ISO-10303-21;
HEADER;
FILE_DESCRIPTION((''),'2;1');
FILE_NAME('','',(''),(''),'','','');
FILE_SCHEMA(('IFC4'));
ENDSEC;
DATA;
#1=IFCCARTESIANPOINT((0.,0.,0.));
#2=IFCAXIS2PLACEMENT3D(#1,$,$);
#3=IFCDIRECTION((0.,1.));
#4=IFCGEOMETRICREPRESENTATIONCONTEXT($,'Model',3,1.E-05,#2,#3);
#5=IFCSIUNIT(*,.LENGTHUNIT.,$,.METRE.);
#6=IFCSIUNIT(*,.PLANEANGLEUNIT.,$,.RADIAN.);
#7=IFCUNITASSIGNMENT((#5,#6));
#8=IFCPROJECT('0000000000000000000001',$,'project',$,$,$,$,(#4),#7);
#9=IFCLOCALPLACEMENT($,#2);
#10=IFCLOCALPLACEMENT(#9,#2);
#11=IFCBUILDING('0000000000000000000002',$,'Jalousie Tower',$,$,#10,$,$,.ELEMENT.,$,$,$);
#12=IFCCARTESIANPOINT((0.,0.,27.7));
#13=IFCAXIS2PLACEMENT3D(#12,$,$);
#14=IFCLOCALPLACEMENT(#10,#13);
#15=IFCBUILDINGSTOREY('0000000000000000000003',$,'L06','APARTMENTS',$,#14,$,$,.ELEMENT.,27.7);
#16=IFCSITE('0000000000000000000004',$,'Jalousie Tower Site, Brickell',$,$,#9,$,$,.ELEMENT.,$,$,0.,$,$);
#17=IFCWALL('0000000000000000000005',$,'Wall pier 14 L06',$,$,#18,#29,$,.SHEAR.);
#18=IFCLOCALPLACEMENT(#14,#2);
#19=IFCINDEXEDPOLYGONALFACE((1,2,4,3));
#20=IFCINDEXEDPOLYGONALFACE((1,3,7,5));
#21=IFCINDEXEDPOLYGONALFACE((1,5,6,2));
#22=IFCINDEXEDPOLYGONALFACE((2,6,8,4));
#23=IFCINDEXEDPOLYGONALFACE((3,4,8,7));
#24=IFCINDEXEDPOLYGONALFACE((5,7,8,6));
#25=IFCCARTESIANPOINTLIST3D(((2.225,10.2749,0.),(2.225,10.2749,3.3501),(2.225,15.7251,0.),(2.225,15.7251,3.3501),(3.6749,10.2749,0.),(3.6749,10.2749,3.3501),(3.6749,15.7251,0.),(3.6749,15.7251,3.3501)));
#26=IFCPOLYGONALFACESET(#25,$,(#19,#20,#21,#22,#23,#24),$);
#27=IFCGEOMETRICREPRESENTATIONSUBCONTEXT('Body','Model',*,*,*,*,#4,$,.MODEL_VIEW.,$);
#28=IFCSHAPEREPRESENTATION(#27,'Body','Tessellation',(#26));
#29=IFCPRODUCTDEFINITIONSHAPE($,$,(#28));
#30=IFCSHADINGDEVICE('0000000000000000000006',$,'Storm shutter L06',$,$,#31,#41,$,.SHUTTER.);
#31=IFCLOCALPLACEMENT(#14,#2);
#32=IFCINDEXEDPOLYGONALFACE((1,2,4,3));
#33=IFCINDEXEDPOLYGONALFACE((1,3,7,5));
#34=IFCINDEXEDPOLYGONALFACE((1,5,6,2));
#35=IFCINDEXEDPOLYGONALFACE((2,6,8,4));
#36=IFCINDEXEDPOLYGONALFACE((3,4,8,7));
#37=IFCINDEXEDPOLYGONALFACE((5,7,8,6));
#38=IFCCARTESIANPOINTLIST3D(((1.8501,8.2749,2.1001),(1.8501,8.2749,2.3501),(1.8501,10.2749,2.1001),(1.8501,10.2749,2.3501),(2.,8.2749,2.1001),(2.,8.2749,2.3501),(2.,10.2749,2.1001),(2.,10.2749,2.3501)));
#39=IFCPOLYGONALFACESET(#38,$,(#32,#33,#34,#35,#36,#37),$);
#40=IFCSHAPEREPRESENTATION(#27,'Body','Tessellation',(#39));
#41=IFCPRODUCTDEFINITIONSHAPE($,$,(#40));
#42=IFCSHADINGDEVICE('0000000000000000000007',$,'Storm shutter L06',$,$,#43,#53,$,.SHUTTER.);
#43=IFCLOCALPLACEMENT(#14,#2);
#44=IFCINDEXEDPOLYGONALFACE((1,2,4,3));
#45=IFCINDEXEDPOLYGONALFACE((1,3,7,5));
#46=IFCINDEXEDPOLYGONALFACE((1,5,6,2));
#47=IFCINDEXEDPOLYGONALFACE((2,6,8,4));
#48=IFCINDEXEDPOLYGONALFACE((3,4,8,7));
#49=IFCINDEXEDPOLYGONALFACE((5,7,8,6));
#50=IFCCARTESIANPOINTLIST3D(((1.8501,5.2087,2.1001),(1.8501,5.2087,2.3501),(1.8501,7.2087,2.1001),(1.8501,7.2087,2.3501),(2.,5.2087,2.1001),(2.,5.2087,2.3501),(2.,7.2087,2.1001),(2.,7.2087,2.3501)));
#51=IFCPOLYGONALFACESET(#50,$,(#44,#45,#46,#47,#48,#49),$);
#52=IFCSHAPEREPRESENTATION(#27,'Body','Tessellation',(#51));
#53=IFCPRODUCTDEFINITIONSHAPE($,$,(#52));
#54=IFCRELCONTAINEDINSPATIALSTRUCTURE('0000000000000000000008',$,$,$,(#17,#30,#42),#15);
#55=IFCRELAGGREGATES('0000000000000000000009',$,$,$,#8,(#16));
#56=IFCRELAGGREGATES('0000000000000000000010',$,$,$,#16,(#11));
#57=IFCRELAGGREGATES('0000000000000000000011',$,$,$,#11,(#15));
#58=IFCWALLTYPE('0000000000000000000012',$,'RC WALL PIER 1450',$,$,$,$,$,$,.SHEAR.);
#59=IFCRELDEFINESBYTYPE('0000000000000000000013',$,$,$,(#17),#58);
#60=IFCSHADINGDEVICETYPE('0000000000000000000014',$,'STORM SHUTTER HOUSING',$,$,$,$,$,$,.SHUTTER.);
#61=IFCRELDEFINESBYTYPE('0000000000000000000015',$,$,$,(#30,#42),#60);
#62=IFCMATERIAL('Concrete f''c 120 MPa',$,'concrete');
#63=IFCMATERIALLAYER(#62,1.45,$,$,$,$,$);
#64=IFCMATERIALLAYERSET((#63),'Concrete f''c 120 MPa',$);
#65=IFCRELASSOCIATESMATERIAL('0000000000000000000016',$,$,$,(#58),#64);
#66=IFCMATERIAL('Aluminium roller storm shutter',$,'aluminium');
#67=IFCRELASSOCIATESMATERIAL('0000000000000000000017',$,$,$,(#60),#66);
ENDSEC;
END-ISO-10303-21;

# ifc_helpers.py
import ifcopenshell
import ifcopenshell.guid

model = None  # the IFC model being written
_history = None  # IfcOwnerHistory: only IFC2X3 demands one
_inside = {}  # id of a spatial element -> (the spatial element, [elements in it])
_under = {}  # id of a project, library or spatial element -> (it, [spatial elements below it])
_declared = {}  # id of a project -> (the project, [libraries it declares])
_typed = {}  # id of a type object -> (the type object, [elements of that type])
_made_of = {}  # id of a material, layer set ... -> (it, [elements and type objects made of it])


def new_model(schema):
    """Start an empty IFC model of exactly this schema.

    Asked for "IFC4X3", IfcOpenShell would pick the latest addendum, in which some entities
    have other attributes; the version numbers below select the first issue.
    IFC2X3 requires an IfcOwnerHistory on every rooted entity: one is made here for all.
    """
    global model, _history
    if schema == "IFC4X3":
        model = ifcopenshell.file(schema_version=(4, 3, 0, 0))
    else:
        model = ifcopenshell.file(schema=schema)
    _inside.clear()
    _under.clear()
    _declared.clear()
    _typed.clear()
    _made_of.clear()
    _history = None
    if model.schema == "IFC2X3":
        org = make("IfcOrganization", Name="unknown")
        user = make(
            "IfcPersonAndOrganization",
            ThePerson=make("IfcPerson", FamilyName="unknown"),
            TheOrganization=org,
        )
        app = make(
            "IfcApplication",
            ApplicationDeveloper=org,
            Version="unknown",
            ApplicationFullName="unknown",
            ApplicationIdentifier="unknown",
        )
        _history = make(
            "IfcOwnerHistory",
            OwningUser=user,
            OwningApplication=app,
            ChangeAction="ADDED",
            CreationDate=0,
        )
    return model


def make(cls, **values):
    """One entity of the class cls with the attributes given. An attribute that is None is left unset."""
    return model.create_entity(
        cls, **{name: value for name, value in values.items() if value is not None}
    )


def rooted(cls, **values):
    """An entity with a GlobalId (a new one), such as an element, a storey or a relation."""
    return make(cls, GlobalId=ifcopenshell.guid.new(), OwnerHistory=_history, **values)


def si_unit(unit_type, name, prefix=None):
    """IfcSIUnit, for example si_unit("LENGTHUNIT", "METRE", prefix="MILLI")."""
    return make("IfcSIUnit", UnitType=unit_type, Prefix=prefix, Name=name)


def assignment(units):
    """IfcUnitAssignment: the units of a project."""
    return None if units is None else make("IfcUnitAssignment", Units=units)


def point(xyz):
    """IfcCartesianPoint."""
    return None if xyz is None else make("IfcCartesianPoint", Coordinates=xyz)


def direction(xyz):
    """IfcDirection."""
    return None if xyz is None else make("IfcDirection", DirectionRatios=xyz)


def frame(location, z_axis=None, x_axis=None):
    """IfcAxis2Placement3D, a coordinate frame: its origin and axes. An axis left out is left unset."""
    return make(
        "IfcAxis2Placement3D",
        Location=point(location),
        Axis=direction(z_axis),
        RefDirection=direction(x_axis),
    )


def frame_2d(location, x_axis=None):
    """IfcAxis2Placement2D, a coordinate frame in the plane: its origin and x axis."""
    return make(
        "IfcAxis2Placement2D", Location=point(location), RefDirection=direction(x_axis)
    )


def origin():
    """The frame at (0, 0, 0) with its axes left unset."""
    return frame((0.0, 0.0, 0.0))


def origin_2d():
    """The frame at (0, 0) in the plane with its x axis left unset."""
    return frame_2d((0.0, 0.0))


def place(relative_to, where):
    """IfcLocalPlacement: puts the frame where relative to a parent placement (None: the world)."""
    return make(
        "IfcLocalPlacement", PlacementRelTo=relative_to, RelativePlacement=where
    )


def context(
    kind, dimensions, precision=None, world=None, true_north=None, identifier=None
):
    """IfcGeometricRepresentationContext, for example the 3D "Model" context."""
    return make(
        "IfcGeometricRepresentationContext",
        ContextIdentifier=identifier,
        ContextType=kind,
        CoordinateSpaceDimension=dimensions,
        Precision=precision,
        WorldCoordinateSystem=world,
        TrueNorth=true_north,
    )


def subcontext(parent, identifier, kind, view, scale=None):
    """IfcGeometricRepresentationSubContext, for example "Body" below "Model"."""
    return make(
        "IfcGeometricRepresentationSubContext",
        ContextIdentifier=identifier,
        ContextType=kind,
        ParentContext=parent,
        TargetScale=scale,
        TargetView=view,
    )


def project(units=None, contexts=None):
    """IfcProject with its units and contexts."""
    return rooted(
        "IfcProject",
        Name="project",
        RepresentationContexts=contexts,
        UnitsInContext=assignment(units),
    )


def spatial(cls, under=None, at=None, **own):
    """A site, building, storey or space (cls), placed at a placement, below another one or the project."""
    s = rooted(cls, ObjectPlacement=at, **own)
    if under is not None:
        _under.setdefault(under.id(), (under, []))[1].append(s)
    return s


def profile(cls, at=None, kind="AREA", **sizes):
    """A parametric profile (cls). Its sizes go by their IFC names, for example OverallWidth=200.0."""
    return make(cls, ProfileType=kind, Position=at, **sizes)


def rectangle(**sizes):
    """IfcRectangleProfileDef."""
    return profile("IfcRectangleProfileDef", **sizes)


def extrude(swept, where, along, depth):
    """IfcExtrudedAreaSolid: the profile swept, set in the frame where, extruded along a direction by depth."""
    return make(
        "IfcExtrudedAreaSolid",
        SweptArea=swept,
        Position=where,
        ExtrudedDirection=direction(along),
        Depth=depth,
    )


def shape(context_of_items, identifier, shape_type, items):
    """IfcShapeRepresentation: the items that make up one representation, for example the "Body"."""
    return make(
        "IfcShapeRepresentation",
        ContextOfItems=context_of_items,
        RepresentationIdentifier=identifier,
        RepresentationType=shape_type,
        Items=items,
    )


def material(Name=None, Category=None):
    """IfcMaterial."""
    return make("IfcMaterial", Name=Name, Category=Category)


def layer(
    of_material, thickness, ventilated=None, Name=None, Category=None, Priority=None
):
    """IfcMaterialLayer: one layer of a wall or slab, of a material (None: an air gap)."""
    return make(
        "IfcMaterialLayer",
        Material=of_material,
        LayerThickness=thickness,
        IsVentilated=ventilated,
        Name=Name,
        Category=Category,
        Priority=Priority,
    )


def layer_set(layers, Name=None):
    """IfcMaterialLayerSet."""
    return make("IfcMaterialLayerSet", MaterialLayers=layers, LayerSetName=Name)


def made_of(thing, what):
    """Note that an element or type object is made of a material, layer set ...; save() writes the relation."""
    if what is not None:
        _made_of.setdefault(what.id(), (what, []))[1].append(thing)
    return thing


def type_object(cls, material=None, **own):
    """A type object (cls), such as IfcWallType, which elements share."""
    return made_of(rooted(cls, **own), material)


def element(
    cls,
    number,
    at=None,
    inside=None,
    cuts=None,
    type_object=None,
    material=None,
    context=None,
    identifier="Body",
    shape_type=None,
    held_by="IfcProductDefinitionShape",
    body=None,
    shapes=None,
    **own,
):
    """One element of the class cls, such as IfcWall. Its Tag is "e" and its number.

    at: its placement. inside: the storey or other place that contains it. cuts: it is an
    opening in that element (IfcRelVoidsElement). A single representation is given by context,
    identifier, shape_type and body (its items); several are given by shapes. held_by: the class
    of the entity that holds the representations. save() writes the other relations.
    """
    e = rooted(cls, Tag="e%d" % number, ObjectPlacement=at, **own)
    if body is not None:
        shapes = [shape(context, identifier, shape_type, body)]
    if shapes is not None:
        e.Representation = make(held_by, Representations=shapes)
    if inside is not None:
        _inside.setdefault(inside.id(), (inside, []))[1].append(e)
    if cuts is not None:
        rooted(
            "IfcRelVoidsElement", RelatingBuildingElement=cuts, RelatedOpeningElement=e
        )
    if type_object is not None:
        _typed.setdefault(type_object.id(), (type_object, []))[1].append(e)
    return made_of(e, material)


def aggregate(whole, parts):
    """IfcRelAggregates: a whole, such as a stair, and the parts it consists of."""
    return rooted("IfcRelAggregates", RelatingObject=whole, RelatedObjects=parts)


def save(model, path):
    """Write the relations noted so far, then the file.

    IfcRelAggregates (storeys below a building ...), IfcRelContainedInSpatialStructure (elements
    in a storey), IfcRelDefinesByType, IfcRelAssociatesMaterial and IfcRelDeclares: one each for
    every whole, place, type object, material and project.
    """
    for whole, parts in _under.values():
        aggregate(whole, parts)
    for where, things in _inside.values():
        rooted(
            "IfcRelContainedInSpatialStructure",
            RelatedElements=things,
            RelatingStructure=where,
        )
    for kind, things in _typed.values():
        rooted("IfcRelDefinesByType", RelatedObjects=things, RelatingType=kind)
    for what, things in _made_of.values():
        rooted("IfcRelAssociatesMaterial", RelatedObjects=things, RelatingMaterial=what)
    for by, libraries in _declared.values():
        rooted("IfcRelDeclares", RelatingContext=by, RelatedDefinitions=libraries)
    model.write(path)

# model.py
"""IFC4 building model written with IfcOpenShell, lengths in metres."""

from ifc_helpers import new_model, si_unit, direction, frame, frame_2d, origin, origin_2d, place, context, subcontext, project, spatial, rectangle, extrude, material, layer, layer_set, type_object, element, save


model = new_model("IFC4")

# Units and contexts
model_context = context("Model", 3, precision=1e-05, world=origin(), true_north=direction((0.0, 1.0)))
body_context = subcontext(model_context, "Body", "Model", "MODEL_VIEW")
ifc_project = project(units=[si_unit("LENGTHUNIT", "METRE"), si_unit("PLANEANGLEUNIT", "RADIAN")], contexts=[model_context])

# Site, building, storey
site_placement = place(None, origin())
site = spatial("IfcSite", under=ifc_project, at=site_placement, Name="Jalousie Tower Site, Brickell", CompositionType="ELEMENT", RefElevation=0.0)
building_placement = place(site_placement, origin())
building = spatial("IfcBuilding", under=site, at=building_placement, Name="Jalousie Tower", CompositionType="ELEMENT")
storey_placement = place(building_placement, frame((0.0, 0.0, 27.7)))
storey = spatial("IfcBuildingStorey", under=building, at=storey_placement, Name="L06", Description="APARTMENTS", CompositionType="ELEMENT", Elevation=27.7)

# Wall
ifc_material_1 = material(Name="Concrete f'c 120 MPa", Category="concrete")
ifc_layer_1 = layer(ifc_material_1, 1.45)
ifc_layer_set_1 = layer_set([ifc_layer_1], Name="Concrete f'c 120 MPa")
wall_type_1 = type_object("IfcWallType", Name="RC WALL PIER 1450", PredefinedType="SHEAR", material=ifc_layer_set_1)
wall_1_placement = place(storey_placement, frame((2.95, 10.2749, 0.0), z_axis=(0.0, 0.0, 1.0), x_axis=(0.0, 1.0, 0.0)))
element("IfcWall", 1, at=wall_1_placement, inside=storey, type_object=wall_type_1, Name="Wall pier 14 L06", PredefinedType="SHEAR", context=body_context, shape_type="SweptSolid", body=[
    extrude(rectangle(XDim=5.4502, YDim=1.45, at=frame_2d((2.7251, 0.0))), origin(), (0.0, 0.0, 1.0), 3.3501),
])

# Shading devices
ifc_material_2 = material(Name="Aluminium roller storm shutter", Category="aluminium")
shading_device_type = type_object("IfcShadingDeviceType", Name="STORM SHUTTER HOUSING", PredefinedType="SHUTTER", material=ifc_material_2)
for number, where, z_axis, x_axis, name in (
    (2, (1.925, 9.2749, 2.1001), (0.0, 0.0, 1.0), (0.0, -1.0, 0.0), "Storm shutter L06"),
    (3, (1.925, 6.2087, 2.1001), (0.0, 0.0, 1.0), (0.0, -1.0, 0.0), "Storm shutter L06"),
):
    element("IfcShadingDevice", number, at=place(storey_placement, frame(where, z_axis=z_axis, x_axis=x_axis)), inside=storey, type_object=shading_device_type, Name=name, PredefinedType="SHUTTER", context=body_context, shape_type="SweptSolid", body=[
        extrude(rectangle(XDim=2.0, YDim=0.1499, at=origin_2d()), origin(), (0.0, 0.0, 1.0), 0.25),
    ])

save(model, "model.ifc")
